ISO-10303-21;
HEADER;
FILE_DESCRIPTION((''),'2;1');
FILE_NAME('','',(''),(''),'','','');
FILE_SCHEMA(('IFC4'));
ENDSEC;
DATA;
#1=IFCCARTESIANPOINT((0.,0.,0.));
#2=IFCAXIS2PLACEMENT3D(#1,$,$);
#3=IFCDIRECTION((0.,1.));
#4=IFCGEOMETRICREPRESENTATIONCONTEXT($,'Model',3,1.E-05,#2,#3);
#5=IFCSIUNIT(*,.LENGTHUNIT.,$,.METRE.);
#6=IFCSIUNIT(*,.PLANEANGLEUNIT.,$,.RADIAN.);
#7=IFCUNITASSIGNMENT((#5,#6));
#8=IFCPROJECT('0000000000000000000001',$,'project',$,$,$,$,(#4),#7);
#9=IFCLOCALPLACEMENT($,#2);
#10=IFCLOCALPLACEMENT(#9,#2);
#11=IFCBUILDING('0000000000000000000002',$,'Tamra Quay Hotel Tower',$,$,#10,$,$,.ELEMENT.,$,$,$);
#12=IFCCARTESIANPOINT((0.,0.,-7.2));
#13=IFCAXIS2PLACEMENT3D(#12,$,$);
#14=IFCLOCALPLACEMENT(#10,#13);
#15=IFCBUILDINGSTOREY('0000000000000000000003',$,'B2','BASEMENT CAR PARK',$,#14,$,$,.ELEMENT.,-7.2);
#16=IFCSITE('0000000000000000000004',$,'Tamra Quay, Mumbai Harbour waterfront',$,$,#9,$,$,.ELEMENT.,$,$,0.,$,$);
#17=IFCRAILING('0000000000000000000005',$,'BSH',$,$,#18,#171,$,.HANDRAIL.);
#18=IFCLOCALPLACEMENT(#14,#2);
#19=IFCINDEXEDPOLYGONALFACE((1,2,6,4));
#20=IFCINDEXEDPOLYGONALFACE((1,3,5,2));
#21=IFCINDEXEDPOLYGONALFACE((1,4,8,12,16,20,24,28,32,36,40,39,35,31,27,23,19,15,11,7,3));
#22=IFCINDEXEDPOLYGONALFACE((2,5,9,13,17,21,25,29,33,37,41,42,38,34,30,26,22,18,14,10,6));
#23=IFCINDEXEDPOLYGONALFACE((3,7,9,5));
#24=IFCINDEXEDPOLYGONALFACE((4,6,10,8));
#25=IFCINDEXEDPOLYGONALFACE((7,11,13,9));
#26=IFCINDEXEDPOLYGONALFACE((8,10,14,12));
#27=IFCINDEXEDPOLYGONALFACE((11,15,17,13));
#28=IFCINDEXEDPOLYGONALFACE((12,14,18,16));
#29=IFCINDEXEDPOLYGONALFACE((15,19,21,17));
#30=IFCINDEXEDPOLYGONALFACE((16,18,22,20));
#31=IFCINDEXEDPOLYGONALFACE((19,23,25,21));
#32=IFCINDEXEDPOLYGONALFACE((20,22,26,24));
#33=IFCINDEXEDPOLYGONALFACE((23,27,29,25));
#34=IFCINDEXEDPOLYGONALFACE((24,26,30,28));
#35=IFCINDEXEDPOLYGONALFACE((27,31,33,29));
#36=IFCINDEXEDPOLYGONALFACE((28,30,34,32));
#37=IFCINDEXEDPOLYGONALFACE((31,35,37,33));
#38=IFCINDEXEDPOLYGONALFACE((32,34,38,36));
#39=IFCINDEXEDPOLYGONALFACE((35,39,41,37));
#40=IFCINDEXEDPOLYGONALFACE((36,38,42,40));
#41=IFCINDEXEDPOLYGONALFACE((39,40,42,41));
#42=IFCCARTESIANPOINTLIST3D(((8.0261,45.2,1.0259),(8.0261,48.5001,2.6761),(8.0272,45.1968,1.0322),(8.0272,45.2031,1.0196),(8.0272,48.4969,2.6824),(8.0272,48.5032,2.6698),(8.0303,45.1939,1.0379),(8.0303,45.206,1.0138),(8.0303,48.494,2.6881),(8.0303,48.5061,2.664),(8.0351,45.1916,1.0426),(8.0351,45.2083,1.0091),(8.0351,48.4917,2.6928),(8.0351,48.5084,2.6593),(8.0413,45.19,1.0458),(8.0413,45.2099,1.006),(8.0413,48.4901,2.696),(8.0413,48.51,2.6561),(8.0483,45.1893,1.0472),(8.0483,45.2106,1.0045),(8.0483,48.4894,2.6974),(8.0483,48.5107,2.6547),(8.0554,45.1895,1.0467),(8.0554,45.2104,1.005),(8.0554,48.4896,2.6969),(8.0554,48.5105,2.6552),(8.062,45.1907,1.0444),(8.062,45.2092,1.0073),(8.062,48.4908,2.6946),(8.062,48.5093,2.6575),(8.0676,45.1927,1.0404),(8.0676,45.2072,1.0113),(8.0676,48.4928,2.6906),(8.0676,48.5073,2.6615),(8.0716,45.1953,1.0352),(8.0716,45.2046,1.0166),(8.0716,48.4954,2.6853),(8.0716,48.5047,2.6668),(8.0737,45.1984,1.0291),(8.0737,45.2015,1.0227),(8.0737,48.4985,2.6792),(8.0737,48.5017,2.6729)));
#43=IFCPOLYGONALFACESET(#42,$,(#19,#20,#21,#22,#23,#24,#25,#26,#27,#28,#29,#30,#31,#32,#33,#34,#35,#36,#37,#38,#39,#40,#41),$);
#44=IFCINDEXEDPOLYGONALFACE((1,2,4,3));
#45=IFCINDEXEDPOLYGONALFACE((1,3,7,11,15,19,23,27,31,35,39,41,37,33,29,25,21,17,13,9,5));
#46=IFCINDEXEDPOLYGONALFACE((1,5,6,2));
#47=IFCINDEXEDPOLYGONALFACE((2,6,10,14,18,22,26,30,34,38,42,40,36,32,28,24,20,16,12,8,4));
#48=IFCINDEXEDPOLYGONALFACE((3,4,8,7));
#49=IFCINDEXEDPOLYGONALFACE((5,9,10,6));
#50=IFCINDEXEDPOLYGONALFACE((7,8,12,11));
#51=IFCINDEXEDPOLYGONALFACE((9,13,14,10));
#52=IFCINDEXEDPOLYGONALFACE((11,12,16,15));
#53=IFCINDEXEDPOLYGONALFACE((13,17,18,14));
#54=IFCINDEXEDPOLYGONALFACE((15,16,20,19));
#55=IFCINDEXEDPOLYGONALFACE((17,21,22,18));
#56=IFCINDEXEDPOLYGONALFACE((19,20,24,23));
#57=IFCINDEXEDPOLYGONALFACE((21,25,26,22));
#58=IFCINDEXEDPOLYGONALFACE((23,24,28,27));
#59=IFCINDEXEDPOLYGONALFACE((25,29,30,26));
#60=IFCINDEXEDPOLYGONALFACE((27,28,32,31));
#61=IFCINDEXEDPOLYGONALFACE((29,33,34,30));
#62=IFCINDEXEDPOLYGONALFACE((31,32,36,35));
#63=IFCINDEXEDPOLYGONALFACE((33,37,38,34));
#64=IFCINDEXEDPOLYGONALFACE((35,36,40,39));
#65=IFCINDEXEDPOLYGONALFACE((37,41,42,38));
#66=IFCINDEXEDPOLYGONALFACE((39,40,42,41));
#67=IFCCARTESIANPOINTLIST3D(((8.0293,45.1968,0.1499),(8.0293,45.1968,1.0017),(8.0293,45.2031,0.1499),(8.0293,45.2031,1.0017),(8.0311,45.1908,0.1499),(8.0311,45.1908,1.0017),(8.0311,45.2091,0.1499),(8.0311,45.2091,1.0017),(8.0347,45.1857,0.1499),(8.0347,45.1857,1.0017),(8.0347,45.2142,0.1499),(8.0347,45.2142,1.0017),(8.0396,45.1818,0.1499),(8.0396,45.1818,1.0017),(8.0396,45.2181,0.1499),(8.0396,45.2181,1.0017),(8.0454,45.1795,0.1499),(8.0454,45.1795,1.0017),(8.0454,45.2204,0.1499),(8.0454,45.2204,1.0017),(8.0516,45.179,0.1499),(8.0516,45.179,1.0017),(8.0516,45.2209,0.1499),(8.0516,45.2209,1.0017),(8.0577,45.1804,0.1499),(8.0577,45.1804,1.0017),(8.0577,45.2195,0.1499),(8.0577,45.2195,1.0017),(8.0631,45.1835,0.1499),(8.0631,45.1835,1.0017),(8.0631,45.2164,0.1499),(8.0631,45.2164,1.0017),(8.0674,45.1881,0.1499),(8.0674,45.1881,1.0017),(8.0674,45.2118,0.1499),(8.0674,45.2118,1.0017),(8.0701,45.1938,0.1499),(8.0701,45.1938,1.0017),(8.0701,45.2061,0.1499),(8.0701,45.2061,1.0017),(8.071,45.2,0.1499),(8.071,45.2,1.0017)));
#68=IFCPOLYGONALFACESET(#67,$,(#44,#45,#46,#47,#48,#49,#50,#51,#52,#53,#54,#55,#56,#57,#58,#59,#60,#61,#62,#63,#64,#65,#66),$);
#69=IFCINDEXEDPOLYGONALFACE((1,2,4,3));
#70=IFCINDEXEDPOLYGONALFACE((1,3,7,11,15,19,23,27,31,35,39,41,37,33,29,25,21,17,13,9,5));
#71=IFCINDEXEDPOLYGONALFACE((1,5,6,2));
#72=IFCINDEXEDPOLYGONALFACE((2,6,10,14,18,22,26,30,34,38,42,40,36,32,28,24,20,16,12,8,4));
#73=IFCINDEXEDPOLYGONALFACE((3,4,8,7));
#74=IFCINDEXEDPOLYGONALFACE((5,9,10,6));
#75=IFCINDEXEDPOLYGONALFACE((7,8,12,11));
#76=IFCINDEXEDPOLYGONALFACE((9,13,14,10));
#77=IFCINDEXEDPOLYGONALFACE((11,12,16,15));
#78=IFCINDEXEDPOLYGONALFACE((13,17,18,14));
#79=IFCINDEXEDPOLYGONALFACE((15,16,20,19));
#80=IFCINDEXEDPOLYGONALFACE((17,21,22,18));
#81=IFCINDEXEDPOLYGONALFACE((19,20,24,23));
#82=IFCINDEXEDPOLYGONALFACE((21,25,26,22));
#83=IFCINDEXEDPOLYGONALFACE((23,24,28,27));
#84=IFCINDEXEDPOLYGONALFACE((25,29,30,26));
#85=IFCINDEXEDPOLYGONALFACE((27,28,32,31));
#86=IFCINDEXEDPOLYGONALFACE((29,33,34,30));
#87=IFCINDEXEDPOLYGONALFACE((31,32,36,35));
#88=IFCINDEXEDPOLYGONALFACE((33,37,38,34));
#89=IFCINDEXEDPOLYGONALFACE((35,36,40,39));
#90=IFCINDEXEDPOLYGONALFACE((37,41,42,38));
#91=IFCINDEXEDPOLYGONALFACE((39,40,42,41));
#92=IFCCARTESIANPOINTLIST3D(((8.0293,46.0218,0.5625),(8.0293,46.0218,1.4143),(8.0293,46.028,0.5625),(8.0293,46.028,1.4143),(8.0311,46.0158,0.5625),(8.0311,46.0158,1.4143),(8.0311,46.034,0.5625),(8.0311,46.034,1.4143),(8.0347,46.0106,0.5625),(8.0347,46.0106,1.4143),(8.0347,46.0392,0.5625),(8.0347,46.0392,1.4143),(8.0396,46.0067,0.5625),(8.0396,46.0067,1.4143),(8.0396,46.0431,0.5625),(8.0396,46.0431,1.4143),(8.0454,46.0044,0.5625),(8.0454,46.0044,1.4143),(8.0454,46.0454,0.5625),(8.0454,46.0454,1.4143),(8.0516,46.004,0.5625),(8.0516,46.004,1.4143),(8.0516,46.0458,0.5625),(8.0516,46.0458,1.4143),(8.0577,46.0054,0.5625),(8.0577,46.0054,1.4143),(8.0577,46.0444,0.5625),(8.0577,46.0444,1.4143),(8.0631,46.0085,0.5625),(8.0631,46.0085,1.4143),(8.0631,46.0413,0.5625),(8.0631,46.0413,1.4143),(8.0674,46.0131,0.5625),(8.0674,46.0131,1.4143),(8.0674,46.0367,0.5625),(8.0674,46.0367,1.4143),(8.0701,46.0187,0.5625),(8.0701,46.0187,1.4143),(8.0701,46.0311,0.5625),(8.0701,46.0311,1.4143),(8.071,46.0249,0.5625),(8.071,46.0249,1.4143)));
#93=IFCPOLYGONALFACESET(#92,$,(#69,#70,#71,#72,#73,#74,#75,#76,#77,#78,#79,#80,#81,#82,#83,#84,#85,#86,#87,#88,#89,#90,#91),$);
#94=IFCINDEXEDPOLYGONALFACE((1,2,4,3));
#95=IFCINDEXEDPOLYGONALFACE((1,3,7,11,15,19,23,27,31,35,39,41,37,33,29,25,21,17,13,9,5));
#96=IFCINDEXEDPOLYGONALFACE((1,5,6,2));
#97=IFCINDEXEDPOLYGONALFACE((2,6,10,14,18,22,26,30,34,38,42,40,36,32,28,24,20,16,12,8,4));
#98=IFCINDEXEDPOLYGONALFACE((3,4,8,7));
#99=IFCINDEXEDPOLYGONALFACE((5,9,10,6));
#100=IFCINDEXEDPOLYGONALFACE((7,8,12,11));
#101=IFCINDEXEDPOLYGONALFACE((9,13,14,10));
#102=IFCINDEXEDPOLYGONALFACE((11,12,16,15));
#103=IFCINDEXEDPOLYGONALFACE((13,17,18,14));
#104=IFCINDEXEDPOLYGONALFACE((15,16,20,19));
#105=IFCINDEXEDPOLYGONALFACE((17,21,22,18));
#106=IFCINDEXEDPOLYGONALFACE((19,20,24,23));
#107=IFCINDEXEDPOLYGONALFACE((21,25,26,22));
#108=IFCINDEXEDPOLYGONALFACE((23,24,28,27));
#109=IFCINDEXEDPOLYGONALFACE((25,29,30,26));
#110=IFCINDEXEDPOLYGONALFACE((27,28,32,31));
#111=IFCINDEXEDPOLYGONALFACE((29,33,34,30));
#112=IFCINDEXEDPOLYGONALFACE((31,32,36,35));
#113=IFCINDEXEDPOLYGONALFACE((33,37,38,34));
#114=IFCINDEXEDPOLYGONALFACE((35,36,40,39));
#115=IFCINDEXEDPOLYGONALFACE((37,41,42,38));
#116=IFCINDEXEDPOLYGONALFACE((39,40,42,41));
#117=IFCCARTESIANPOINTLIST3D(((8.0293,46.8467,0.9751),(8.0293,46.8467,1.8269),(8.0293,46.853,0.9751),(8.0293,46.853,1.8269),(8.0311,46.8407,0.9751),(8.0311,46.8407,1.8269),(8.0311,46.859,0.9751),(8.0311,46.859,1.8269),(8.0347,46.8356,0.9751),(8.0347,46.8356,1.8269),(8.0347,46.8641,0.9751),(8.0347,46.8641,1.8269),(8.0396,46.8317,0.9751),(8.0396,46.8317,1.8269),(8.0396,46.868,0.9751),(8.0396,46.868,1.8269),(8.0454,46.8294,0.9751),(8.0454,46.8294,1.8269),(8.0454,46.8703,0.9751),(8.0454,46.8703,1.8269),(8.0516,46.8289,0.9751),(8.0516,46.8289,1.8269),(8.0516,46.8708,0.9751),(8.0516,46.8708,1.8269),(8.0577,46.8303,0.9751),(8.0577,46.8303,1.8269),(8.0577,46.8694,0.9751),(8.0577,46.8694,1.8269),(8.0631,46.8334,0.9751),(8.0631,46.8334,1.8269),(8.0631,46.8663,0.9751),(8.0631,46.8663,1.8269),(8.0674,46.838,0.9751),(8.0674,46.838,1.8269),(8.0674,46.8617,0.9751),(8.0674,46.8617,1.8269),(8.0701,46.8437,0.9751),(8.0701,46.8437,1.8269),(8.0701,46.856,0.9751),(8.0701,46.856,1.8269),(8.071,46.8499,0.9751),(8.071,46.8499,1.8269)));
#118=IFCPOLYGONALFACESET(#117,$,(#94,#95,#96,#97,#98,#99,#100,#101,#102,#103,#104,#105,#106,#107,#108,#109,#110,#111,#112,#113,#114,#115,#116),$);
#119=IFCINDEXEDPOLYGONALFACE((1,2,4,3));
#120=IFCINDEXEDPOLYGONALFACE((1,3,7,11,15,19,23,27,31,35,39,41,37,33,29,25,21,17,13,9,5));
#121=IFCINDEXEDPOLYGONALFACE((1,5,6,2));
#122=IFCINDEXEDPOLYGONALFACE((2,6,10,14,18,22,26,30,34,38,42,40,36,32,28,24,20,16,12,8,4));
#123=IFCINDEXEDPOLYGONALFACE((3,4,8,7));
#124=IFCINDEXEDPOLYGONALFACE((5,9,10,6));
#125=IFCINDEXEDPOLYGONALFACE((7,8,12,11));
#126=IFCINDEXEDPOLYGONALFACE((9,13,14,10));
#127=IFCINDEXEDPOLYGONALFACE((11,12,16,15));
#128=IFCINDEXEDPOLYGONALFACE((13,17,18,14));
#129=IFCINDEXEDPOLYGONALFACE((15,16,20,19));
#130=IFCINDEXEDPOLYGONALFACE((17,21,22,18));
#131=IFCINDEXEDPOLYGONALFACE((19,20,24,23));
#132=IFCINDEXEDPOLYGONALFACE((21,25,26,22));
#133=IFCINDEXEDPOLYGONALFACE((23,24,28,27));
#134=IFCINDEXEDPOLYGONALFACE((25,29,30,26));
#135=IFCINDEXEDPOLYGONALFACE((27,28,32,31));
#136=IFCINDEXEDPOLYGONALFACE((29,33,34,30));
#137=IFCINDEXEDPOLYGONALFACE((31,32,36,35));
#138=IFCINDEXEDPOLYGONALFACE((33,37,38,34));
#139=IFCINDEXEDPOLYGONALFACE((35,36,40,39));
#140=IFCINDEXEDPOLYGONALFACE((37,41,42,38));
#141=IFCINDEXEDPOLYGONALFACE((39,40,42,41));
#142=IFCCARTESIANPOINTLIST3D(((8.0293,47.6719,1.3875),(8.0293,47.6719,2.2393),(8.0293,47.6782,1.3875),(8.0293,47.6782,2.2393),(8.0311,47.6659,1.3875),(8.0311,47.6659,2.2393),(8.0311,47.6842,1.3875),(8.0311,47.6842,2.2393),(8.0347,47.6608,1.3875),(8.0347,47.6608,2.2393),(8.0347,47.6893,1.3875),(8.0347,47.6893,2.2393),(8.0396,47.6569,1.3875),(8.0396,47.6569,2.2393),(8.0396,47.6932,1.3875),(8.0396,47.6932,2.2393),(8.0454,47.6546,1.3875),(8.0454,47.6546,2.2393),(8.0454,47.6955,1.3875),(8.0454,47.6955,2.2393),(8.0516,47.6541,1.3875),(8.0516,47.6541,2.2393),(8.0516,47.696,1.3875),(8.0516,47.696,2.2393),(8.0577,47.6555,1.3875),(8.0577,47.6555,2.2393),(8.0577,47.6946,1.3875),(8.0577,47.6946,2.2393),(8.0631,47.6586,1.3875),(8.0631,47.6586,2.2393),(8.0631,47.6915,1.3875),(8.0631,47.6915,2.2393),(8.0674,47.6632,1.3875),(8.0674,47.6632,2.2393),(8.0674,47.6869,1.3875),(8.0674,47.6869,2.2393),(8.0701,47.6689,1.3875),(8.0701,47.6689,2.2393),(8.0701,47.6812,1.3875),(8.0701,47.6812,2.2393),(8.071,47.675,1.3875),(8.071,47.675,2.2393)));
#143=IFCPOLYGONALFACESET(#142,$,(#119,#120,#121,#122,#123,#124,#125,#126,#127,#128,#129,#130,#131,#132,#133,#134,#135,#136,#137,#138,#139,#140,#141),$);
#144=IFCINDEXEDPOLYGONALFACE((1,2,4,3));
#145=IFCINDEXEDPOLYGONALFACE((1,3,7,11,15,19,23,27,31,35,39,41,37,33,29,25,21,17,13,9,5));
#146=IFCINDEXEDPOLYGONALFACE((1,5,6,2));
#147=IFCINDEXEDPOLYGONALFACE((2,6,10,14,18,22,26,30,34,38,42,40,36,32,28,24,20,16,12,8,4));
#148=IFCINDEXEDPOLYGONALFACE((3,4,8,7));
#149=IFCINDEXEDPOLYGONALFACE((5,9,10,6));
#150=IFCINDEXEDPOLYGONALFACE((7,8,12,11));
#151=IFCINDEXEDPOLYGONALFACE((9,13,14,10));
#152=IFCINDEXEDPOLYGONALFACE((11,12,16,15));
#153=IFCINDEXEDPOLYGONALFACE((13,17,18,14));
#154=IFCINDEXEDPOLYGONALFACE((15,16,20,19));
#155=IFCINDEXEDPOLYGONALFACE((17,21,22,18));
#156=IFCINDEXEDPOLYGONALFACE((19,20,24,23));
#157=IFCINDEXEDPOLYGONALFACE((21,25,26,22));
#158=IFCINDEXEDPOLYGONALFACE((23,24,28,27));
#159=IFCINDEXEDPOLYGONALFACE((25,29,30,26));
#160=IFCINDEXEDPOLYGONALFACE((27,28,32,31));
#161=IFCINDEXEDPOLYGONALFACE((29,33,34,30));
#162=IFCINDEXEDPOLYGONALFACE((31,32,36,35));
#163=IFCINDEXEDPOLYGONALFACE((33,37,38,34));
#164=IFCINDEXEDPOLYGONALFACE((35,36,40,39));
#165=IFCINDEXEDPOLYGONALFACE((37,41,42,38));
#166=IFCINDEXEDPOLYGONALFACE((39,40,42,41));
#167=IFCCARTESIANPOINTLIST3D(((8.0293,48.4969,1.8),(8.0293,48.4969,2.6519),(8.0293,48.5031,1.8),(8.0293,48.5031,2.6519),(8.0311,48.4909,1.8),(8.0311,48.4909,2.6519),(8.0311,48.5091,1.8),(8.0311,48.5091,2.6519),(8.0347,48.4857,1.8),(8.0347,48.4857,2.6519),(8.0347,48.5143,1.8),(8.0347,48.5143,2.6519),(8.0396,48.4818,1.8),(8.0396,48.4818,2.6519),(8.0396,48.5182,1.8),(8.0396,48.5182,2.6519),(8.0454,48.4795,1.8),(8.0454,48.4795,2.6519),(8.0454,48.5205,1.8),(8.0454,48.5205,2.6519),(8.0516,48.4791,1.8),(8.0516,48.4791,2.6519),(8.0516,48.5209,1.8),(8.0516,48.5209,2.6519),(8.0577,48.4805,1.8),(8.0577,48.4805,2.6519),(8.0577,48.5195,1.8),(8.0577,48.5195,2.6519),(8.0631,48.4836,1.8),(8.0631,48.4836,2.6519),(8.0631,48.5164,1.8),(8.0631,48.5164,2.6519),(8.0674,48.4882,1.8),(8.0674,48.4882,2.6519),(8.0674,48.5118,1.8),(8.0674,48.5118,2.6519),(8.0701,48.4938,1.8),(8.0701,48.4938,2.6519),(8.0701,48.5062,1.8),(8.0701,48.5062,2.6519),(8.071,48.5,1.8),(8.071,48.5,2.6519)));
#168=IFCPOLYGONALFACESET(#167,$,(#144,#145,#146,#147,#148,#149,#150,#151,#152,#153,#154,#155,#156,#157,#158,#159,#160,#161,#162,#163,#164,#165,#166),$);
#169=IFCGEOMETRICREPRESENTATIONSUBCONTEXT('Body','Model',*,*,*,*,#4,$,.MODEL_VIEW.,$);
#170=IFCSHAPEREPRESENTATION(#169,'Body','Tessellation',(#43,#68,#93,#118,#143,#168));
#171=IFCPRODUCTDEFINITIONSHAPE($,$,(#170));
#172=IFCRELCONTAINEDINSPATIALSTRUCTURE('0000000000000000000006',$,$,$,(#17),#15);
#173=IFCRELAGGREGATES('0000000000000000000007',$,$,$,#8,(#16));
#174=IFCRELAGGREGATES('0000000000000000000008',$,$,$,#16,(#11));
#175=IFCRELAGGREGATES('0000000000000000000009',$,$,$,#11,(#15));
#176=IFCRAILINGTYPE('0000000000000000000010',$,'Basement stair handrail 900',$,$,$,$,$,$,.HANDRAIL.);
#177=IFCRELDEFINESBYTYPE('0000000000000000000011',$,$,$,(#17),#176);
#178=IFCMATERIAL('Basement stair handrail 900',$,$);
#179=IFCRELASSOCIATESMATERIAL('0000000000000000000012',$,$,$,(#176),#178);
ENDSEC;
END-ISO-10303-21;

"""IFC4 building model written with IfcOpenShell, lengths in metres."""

from ifc_helpers import new_model, si_unit, direction, frame, origin, origin_2d, place, context, subcontext, project, spatial, circle, extrude, material, type_object, element, save


model = new_model("IFC4")

# Units and contexts
model_context = context("Model", 3, precision=1e-05, world=origin(), true_north=direction((0.0, 1.0)))
body_context = subcontext(model_context, "Body", "Model", "MODEL_VIEW")
ifc_project = project(units=[si_unit("LENGTHUNIT", "METRE"), si_unit("PLANEANGLEUNIT", "RADIAN")], contexts=[model_context])

# Site, building, storey
site_placement = place(None, origin())
site = spatial("IfcSite", under=ifc_project, at=site_placement, Name="Tamra Quay, Mumbai Harbour waterfront", CompositionType="ELEMENT", RefElevation=0.0)
building_placement = place(site_placement, origin())
building = spatial("IfcBuilding", under=site, at=building_placement, Name="Tamra Quay Hotel Tower", CompositionType="ELEMENT")
storey_placement = place(building_placement, frame((0.0, 0.0, -7.2)))
storey = spatial("IfcBuildingStorey", under=building, at=storey_placement, Name="B2", Description="BASEMENT CAR PARK", CompositionType="ELEMENT", Elevation=-7.2)

# Railing
ifc_material_1 = material(Name="Basement stair handrail 900")
railing_type = type_object("IfcRailingType", Name="Basement stair handrail 900", PredefinedType="HANDRAIL", material=ifc_material_1)
railing_placement = place(storey_placement, frame((8.05, 45.2, 0.1499)))
element("IfcRailing", 1, at=railing_placement, inside=storey, type_object=railing_type, Name="BSH", PredefinedType="HANDRAIL", context=body_context, shape_type="SweptSolid", body=[
    extrude(circle(Radius=0.0239, at=origin_2d()), frame((0.0, 0.0, 0.876), z_axis=(0.0, 0.894414, 0.44724), x_axis=(-1.0, 0.0, 0.0)), (0.0, 0.0, 1.0), 3.6897),
    extrude(circle(Radius=0.021, at=origin_2d()), origin(), (0.0, 0.0, 1.0), 0.8518),
    extrude(circle(Radius=0.021, at=origin_2d()), frame((0.0, 0.825, 0.4126)), (0.0, 0.0, 1.0), 0.8518),
    extrude(circle(Radius=0.021, at=origin_2d()), frame((0.0, 1.6499, 0.8252)), (0.0, 0.0, 1.0), 0.8518),
    extrude(circle(Radius=0.021, at=origin_2d()), frame((0.0, 2.4751, 1.2375)), (0.0, 0.0, 1.0), 0.8518),
    extrude(circle(Radius=0.021, at=origin_2d()), frame((0.0, 3.3, 1.6501)), (0.0, 0.0, 1.0), 0.8518),
])

save(model, "model.ifc")
